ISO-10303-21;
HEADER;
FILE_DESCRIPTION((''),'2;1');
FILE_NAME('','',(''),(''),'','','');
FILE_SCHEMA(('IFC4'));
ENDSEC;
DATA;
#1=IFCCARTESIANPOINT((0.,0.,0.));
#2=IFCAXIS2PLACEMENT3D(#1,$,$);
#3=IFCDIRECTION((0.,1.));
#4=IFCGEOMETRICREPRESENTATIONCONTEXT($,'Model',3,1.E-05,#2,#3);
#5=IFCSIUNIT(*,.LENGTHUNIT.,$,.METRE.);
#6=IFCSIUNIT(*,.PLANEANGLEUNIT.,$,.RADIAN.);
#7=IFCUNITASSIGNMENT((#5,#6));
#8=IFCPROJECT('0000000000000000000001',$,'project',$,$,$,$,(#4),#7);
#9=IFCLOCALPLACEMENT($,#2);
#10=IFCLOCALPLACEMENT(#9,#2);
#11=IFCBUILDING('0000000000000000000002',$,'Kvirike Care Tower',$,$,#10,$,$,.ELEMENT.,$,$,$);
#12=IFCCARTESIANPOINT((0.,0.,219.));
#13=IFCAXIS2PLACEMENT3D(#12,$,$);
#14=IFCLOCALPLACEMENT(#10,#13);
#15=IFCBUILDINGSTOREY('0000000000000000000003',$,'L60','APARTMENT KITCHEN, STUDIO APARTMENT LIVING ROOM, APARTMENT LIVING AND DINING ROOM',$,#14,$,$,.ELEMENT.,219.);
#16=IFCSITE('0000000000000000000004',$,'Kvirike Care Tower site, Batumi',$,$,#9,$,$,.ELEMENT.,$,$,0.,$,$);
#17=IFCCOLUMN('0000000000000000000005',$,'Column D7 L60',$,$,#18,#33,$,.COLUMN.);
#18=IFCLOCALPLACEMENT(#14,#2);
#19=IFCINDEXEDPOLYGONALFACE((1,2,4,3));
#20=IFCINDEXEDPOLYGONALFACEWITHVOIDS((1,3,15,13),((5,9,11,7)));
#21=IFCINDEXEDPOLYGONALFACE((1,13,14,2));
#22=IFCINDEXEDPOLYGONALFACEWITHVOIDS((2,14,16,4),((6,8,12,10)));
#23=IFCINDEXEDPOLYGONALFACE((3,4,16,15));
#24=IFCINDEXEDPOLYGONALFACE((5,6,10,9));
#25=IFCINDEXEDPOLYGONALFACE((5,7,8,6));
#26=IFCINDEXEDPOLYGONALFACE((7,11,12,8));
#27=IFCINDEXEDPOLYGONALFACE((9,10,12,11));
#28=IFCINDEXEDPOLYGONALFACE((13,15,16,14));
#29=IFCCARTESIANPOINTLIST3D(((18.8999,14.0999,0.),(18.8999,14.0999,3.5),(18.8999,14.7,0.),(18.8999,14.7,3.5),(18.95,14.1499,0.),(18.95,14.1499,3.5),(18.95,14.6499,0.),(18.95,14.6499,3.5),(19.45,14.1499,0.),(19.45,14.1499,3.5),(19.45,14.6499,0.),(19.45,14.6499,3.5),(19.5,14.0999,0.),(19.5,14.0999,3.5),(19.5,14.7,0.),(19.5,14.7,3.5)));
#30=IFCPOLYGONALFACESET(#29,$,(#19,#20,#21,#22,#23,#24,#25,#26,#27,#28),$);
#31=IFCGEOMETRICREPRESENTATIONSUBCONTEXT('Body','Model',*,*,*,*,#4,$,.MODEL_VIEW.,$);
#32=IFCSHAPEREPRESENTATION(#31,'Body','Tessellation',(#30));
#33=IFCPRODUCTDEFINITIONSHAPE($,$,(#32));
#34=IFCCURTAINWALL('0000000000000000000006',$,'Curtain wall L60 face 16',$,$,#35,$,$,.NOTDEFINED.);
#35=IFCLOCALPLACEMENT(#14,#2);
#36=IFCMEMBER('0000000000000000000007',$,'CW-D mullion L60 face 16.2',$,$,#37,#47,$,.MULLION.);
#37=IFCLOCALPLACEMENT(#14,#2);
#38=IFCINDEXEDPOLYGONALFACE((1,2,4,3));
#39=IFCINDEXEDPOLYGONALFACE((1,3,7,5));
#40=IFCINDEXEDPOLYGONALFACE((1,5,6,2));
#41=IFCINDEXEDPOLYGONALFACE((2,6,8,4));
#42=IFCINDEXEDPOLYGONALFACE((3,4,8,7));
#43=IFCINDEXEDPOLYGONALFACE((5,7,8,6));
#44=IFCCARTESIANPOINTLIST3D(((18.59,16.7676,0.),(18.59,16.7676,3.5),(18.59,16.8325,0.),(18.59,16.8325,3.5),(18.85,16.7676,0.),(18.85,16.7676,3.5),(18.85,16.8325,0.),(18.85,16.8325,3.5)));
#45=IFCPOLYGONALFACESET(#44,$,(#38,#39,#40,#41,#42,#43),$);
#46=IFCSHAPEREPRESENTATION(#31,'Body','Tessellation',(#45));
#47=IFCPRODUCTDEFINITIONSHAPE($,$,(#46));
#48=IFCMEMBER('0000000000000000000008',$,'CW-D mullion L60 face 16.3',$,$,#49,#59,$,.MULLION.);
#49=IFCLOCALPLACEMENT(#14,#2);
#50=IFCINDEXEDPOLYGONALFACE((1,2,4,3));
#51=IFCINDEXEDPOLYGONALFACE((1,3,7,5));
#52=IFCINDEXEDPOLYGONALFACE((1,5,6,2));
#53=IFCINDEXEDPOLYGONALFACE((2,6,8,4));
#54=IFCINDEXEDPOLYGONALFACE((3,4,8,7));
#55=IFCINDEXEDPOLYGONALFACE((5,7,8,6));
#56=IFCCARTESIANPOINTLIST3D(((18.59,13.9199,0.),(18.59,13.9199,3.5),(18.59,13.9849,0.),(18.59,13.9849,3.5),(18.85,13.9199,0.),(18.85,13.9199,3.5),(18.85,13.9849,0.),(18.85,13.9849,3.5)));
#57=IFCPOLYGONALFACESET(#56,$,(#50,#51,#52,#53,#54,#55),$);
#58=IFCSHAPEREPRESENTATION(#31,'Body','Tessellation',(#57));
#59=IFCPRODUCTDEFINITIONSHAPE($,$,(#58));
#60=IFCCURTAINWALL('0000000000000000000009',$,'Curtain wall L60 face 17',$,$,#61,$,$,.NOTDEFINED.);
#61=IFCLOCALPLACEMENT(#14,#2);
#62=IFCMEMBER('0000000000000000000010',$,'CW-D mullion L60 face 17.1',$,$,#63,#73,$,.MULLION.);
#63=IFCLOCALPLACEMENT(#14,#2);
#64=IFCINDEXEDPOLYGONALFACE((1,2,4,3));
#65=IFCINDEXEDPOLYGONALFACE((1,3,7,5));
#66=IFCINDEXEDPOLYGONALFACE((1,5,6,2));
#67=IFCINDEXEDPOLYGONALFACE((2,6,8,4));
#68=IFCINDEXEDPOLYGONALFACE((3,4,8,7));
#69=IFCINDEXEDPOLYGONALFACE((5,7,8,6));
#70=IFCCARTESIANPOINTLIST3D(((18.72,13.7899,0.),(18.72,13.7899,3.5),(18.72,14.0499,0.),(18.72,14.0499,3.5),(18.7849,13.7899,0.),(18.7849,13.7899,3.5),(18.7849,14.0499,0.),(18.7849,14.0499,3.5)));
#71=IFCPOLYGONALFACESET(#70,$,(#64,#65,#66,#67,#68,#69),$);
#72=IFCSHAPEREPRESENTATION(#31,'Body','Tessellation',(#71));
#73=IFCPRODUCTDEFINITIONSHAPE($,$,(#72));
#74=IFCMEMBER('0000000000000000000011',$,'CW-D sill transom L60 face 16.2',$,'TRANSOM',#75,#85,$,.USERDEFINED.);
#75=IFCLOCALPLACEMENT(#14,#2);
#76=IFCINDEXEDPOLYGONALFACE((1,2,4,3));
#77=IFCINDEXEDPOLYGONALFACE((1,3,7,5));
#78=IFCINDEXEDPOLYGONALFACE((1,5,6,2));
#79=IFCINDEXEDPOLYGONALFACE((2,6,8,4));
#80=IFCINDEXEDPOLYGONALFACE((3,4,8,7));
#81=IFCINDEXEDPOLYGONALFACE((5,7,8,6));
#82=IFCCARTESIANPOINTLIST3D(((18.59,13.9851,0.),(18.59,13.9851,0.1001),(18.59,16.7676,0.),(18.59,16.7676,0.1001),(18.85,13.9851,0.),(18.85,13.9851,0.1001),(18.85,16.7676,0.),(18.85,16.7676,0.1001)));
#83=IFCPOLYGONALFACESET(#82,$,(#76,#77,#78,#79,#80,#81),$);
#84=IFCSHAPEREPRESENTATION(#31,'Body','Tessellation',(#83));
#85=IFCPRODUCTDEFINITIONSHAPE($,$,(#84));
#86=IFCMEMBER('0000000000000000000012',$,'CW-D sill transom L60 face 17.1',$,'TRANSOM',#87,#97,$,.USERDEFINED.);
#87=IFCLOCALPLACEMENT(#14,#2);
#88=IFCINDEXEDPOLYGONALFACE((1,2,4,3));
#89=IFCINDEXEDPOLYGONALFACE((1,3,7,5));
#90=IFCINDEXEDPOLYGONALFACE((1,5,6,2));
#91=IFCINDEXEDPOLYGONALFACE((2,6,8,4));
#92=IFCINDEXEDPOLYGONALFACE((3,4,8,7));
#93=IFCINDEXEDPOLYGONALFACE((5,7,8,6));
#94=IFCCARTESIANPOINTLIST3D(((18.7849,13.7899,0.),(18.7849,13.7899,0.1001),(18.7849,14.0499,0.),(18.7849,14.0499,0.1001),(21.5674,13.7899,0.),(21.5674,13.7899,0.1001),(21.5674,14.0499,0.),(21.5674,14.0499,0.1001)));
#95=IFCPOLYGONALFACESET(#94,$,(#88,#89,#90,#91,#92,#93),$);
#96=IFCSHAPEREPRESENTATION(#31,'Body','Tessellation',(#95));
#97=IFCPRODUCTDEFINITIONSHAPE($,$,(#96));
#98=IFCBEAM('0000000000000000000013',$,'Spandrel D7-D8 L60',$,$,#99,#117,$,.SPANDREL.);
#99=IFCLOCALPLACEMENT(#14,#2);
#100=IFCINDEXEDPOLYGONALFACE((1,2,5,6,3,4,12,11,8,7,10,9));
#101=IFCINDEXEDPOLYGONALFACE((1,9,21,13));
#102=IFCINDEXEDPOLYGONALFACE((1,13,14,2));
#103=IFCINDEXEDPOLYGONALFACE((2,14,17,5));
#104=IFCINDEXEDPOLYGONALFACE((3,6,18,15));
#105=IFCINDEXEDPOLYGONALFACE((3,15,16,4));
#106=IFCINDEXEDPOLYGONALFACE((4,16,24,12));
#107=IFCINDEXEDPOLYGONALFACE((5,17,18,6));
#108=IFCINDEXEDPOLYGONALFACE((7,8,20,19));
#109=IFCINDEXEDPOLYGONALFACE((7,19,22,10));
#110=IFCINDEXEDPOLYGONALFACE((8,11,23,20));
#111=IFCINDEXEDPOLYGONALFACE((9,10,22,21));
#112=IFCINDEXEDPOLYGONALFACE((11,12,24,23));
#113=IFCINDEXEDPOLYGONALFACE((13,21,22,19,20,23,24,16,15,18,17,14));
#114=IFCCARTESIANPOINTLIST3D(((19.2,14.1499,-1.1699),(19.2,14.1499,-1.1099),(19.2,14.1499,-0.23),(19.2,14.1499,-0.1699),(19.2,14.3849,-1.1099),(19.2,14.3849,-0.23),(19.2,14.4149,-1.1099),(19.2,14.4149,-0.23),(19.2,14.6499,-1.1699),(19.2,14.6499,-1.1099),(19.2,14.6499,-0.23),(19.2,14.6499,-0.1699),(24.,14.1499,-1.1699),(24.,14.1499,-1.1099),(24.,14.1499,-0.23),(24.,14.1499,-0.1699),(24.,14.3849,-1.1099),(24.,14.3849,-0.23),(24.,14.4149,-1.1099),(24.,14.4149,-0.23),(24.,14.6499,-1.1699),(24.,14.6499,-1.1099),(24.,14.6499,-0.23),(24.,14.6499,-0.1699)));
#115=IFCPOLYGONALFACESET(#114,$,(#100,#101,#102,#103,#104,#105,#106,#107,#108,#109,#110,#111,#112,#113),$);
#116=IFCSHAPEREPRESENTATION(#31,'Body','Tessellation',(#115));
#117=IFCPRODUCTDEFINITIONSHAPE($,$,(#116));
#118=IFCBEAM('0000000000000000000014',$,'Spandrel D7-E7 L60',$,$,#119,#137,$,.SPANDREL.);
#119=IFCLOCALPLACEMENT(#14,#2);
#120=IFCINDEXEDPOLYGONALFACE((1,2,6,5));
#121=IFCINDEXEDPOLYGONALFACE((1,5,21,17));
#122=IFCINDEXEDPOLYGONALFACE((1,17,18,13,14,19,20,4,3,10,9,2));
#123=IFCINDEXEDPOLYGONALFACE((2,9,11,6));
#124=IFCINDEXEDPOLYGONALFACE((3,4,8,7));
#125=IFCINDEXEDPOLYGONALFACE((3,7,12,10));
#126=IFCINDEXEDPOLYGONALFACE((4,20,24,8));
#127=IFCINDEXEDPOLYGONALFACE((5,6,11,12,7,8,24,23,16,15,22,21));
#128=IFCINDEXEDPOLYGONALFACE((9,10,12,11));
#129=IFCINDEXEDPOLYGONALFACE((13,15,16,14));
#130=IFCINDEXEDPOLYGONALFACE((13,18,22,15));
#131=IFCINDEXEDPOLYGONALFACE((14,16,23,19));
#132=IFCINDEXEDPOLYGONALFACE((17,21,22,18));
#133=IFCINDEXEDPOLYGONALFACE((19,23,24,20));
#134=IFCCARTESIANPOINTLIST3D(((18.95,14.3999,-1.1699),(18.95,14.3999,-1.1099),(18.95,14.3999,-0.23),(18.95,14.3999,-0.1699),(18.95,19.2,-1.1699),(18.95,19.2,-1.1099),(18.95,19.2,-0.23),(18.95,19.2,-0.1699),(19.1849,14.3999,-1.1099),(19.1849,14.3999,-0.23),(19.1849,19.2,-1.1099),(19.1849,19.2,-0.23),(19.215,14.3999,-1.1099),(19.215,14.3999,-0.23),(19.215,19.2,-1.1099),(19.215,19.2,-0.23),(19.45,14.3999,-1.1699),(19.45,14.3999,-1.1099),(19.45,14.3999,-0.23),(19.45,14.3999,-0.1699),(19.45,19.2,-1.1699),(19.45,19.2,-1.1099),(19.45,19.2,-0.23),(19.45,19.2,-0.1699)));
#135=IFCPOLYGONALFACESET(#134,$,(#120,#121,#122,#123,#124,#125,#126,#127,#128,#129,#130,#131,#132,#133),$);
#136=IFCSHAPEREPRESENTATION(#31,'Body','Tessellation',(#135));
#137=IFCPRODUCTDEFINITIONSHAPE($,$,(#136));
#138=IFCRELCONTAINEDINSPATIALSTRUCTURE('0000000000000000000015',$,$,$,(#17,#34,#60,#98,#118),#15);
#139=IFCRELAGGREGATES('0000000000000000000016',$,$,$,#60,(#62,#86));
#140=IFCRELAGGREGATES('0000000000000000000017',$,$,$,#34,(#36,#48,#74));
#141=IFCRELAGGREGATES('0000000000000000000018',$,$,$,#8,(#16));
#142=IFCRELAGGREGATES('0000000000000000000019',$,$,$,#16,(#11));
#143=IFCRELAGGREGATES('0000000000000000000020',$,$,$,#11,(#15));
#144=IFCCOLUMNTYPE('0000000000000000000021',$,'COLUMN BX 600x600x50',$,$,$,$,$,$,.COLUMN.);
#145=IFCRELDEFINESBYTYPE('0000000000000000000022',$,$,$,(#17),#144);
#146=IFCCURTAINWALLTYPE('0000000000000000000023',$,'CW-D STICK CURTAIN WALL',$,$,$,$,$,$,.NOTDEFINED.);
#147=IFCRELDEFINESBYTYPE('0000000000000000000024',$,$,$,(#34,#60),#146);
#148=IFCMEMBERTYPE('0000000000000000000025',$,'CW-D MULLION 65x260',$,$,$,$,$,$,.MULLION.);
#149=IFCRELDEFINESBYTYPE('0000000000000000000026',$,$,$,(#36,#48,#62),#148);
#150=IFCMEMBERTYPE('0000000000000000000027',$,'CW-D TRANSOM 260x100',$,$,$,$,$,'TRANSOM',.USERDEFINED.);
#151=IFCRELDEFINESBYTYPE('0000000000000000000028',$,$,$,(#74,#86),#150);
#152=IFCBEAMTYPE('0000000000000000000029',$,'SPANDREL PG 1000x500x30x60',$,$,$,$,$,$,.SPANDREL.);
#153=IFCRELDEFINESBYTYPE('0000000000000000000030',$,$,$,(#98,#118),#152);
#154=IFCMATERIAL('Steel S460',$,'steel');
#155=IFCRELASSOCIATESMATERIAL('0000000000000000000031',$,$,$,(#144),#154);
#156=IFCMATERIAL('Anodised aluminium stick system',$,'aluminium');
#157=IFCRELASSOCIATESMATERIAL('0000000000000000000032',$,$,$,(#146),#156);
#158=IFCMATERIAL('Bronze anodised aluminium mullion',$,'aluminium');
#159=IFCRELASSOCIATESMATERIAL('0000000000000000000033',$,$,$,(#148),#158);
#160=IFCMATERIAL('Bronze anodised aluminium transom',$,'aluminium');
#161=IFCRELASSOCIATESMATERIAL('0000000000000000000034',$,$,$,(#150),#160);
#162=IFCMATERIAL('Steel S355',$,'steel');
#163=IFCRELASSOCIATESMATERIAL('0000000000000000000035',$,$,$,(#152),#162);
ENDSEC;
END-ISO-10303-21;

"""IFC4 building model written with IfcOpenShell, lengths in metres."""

from ifc_helpers import new_model, si_unit, direction, frame, origin, origin_2d, place, context, subcontext, project, spatial, rectangle, hollow_rectangle, i_section, extrude, material, material_profile, profile_set, type_object, element, aggregate, save


model = new_model("IFC4")

# Units and contexts
model_context = context("Model", 3, precision=1e-05, world=origin(), true_north=direction((0.0, 1.0)))
body_context = subcontext(model_context, "Body", "Model", "MODEL_VIEW")
ifc_project = project(units=[si_unit("LENGTHUNIT", "METRE"), si_unit("PLANEANGLEUNIT", "RADIAN")], contexts=[model_context])

# Site, building, storey
site_placement = place(None, origin())
site = spatial("IfcSite", under=ifc_project, at=site_placement, Name="Kvirike Care Tower site, Batumi", CompositionType="ELEMENT", RefElevation=0.0)
building_placement = place(site_placement, origin())
building = spatial("IfcBuilding", under=site, at=building_placement, Name="Kvirike Care Tower", CompositionType="ELEMENT")
storey_placement = place(building_placement, frame((0.0, 0.0, 219.0)))
storey = spatial("IfcBuildingStorey", under=building, at=storey_placement, Name="L60", Description="APARTMENT KITCHEN, STUDIO APARTMENT LIVING ROOM, APARTMENT LIVING AND DINING ROOM", CompositionType="ELEMENT", Elevation=219.0)

# Column
ifc_material_1 = material(Name="Steel S460", Category="steel")
ifc_material_profile_1 = material_profile(ifc_material_1, hollow_rectangle(XDim=0.6001, YDim=0.6001, WallThickness=0.05, at=origin_2d()), Name="BX 600x600x50")
ifc_profile_set_1 = profile_set([ifc_material_profile_1], Name="Steel S460")
column_type = type_object("IfcColumnType", Name="COLUMN BX 600x600x50", PredefinedType="COLUMN", material=ifc_profile_set_1)
column_placement = place(storey_placement, frame((19.2, 14.3999, 0.0), z_axis=(0.0, 0.0, 1.0), x_axis=(0.0, 1.0, 0.0)))
element("IfcColumn", 1, at=column_placement, inside=storey, type_object=column_type, Name="Column D7 L60", PredefinedType="COLUMN", context=body_context, shape_type="SweptSolid", body=[
    extrude(hollow_rectangle(XDim=0.6001, YDim=0.6001, WallThickness=0.05, at=origin_2d()), origin(), (0.0, 0.0, 1.0), 3.5),
])

# Curtain wall, members
ifc_material_2 = material(Name="Anodised aluminium stick system", Category="aluminium")
curtain_wall_type = type_object("IfcCurtainWallType", Name="CW-D STICK CURTAIN WALL", PredefinedType="NOTDEFINED", material=ifc_material_2)
curtain_wall_1_placement = place(storey_placement, origin())
curtain_wall_1 = element("IfcCurtainWall", 2, at=curtain_wall_1_placement, inside=storey, type_object=curtain_wall_type, Name="Curtain wall L60 face 16", PredefinedType="NOTDEFINED")
ifc_material_3 = material(Name="Bronze anodised aluminium mullion", Category="aluminium")
ifc_material_profile_2 = material_profile(ifc_material_3, rectangle(XDim=0.0649, YDim=0.26, at=origin_2d()), Name="CW-D MULLION 65x260")
ifc_profile_set_2 = profile_set([ifc_material_profile_2], Name="Bronze anodised aluminium mullion")
member_type_1 = type_object("IfcMemberType", Name="CW-D MULLION 65x260", PredefinedType="MULLION", material=ifc_profile_set_2)
member_1_placement = place(storey_placement, frame((18.72, 16.8, 0.0), z_axis=(0.0, 0.0, 1.0), x_axis=(0.0, -1.0, 0.0)))
member_1 = element("IfcMember", 3, at=member_1_placement, type_object=member_type_1, Name="CW-D mullion L60 face 16.2", PredefinedType="MULLION", context=body_context, shape_type="SweptSolid", body=[
    extrude(rectangle(XDim=0.0649, YDim=0.26, at=origin_2d()), origin(), (0.0, 0.0, 1.0), 3.5),
])
member_2_placement = place(storey_placement, frame((18.72, 13.9524, 0.0), z_axis=(0.0, 0.0, 1.0), x_axis=(0.0, -1.0, 0.0)))
member_2 = element("IfcMember", 4, at=member_2_placement, type_object=member_type_1, Name="CW-D mullion L60 face 16.3", PredefinedType="MULLION", context=body_context, shape_type="SweptSolid", body=[
    extrude(rectangle(XDim=0.0649, YDim=0.26, at=origin_2d()), origin(), (0.0, 0.0, 1.0), 3.5),
])

# Curtain wall, member
curtain_wall_2_placement = place(storey_placement, origin())
curtain_wall_2 = element("IfcCurtainWall", 5, at=curtain_wall_2_placement, inside=storey, type_object=curtain_wall_type, Name="Curtain wall L60 face 17", PredefinedType="NOTDEFINED")
member_3_placement = place(storey_placement, frame((18.7524, 13.9199, 0.0), z_axis=(0.0, 0.0, 1.0), x_axis=(1.0, 0.0, 0.0)))
member_3 = element("IfcMember", 6, at=member_3_placement, type_object=member_type_1, Name="CW-D mullion L60 face 17.1", PredefinedType="MULLION", context=body_context, shape_type="SweptSolid", body=[
    extrude(rectangle(XDim=0.0649, YDim=0.26, at=origin_2d()), origin(), (0.0, 0.0, 1.0), 3.5),
])

# Members
ifc_material_4 = material(Name="Bronze anodised aluminium transom", Category="aluminium")
ifc_material_profile_3 = material_profile(ifc_material_4, rectangle(XDim=0.26, YDim=0.1001, at=origin_2d()), Name="CW-D TRANSOM 260x100")
ifc_profile_set_3 = profile_set([ifc_material_profile_3], Name="Bronze anodised aluminium transom")
member_type_2 = type_object("IfcMemberType", Name="CW-D TRANSOM 260x100", ElementType="TRANSOM", PredefinedType="USERDEFINED", material=ifc_profile_set_3)
member_4_placement = place(storey_placement, frame((18.72, 16.7676, 0.05), z_axis=(0.0, -1.0, 0.0), x_axis=(1.0, 0.0, 0.0)))
member_4 = element("IfcMember", 7, at=member_4_placement, type_object=member_type_2, Name="CW-D sill transom L60 face 16.2", ObjectType="TRANSOM", PredefinedType="USERDEFINED", context=body_context, shape_type="SweptSolid", body=[
    extrude(rectangle(XDim=0.26, YDim=0.1001, at=origin_2d()), origin(), (0.0, 0.0, 1.0), 2.7825),
])
member_5_placement = place(storey_placement, frame((18.7849, 13.9199, 0.05), z_axis=(1.0, 0.0, 0.0), x_axis=(0.0, 1.0, 0.0)))
member_5 = element("IfcMember", 8, at=member_5_placement, type_object=member_type_2, Name="CW-D sill transom L60 face 17.1", ObjectType="TRANSOM", PredefinedType="USERDEFINED", context=body_context, shape_type="SweptSolid", body=[
    extrude(rectangle(XDim=0.26, YDim=0.1001, at=origin_2d()), origin(), (0.0, 0.0, 1.0), 2.7825),
])
aggregate(curtain_wall_2, [member_3, member_5])

# Beams
ifc_material_5 = material(Name="Steel S355", Category="steel")
ifc_material_profile_4 = material_profile(ifc_material_5, i_section(OverallWidth=0.5, OverallDepth=1.0, WebThickness=0.03, FlangeThickness=0.0601, at=origin_2d()), Name="PG 1000x500x30x60")
ifc_profile_set_4 = profile_set([ifc_material_profile_4], Name="Steel S355")
beam_type = type_object("IfcBeamType", Name="SPANDREL PG 1000x500x30x60", PredefinedType="SPANDREL", material=ifc_profile_set_4)
for number, where, z_axis, x_axis, name in (
    (9, (19.2, 14.3999, -0.6699), (1.0, 0.0, 0.0), (0.0, 1.0, 0.0), "Spandrel D7-D8 L60"),
    (10, (19.2, 14.3999, -0.6699), (0.0, 1.0, 0.0), (-1.0, 0.0, 0.0), "Spandrel D7-E7 L60"),
):
    element("IfcBeam", number, at=place(storey_placement, frame(where, z_axis=z_axis, x_axis=x_axis)), inside=storey, type_object=beam_type, Name=name, PredefinedType="SPANDREL", context=body_context, shape_type="SweptSolid", body=[
        extrude(i_section(OverallWidth=0.5, OverallDepth=1.0, WebThickness=0.03, FlangeThickness=0.0601, at=origin_2d()), origin(), (0.0, 0.0, 1.0), 4.8),
    ])

aggregate(curtain_wall_1, [member_1, member_2, member_4])

save(model, "model.ifc")
